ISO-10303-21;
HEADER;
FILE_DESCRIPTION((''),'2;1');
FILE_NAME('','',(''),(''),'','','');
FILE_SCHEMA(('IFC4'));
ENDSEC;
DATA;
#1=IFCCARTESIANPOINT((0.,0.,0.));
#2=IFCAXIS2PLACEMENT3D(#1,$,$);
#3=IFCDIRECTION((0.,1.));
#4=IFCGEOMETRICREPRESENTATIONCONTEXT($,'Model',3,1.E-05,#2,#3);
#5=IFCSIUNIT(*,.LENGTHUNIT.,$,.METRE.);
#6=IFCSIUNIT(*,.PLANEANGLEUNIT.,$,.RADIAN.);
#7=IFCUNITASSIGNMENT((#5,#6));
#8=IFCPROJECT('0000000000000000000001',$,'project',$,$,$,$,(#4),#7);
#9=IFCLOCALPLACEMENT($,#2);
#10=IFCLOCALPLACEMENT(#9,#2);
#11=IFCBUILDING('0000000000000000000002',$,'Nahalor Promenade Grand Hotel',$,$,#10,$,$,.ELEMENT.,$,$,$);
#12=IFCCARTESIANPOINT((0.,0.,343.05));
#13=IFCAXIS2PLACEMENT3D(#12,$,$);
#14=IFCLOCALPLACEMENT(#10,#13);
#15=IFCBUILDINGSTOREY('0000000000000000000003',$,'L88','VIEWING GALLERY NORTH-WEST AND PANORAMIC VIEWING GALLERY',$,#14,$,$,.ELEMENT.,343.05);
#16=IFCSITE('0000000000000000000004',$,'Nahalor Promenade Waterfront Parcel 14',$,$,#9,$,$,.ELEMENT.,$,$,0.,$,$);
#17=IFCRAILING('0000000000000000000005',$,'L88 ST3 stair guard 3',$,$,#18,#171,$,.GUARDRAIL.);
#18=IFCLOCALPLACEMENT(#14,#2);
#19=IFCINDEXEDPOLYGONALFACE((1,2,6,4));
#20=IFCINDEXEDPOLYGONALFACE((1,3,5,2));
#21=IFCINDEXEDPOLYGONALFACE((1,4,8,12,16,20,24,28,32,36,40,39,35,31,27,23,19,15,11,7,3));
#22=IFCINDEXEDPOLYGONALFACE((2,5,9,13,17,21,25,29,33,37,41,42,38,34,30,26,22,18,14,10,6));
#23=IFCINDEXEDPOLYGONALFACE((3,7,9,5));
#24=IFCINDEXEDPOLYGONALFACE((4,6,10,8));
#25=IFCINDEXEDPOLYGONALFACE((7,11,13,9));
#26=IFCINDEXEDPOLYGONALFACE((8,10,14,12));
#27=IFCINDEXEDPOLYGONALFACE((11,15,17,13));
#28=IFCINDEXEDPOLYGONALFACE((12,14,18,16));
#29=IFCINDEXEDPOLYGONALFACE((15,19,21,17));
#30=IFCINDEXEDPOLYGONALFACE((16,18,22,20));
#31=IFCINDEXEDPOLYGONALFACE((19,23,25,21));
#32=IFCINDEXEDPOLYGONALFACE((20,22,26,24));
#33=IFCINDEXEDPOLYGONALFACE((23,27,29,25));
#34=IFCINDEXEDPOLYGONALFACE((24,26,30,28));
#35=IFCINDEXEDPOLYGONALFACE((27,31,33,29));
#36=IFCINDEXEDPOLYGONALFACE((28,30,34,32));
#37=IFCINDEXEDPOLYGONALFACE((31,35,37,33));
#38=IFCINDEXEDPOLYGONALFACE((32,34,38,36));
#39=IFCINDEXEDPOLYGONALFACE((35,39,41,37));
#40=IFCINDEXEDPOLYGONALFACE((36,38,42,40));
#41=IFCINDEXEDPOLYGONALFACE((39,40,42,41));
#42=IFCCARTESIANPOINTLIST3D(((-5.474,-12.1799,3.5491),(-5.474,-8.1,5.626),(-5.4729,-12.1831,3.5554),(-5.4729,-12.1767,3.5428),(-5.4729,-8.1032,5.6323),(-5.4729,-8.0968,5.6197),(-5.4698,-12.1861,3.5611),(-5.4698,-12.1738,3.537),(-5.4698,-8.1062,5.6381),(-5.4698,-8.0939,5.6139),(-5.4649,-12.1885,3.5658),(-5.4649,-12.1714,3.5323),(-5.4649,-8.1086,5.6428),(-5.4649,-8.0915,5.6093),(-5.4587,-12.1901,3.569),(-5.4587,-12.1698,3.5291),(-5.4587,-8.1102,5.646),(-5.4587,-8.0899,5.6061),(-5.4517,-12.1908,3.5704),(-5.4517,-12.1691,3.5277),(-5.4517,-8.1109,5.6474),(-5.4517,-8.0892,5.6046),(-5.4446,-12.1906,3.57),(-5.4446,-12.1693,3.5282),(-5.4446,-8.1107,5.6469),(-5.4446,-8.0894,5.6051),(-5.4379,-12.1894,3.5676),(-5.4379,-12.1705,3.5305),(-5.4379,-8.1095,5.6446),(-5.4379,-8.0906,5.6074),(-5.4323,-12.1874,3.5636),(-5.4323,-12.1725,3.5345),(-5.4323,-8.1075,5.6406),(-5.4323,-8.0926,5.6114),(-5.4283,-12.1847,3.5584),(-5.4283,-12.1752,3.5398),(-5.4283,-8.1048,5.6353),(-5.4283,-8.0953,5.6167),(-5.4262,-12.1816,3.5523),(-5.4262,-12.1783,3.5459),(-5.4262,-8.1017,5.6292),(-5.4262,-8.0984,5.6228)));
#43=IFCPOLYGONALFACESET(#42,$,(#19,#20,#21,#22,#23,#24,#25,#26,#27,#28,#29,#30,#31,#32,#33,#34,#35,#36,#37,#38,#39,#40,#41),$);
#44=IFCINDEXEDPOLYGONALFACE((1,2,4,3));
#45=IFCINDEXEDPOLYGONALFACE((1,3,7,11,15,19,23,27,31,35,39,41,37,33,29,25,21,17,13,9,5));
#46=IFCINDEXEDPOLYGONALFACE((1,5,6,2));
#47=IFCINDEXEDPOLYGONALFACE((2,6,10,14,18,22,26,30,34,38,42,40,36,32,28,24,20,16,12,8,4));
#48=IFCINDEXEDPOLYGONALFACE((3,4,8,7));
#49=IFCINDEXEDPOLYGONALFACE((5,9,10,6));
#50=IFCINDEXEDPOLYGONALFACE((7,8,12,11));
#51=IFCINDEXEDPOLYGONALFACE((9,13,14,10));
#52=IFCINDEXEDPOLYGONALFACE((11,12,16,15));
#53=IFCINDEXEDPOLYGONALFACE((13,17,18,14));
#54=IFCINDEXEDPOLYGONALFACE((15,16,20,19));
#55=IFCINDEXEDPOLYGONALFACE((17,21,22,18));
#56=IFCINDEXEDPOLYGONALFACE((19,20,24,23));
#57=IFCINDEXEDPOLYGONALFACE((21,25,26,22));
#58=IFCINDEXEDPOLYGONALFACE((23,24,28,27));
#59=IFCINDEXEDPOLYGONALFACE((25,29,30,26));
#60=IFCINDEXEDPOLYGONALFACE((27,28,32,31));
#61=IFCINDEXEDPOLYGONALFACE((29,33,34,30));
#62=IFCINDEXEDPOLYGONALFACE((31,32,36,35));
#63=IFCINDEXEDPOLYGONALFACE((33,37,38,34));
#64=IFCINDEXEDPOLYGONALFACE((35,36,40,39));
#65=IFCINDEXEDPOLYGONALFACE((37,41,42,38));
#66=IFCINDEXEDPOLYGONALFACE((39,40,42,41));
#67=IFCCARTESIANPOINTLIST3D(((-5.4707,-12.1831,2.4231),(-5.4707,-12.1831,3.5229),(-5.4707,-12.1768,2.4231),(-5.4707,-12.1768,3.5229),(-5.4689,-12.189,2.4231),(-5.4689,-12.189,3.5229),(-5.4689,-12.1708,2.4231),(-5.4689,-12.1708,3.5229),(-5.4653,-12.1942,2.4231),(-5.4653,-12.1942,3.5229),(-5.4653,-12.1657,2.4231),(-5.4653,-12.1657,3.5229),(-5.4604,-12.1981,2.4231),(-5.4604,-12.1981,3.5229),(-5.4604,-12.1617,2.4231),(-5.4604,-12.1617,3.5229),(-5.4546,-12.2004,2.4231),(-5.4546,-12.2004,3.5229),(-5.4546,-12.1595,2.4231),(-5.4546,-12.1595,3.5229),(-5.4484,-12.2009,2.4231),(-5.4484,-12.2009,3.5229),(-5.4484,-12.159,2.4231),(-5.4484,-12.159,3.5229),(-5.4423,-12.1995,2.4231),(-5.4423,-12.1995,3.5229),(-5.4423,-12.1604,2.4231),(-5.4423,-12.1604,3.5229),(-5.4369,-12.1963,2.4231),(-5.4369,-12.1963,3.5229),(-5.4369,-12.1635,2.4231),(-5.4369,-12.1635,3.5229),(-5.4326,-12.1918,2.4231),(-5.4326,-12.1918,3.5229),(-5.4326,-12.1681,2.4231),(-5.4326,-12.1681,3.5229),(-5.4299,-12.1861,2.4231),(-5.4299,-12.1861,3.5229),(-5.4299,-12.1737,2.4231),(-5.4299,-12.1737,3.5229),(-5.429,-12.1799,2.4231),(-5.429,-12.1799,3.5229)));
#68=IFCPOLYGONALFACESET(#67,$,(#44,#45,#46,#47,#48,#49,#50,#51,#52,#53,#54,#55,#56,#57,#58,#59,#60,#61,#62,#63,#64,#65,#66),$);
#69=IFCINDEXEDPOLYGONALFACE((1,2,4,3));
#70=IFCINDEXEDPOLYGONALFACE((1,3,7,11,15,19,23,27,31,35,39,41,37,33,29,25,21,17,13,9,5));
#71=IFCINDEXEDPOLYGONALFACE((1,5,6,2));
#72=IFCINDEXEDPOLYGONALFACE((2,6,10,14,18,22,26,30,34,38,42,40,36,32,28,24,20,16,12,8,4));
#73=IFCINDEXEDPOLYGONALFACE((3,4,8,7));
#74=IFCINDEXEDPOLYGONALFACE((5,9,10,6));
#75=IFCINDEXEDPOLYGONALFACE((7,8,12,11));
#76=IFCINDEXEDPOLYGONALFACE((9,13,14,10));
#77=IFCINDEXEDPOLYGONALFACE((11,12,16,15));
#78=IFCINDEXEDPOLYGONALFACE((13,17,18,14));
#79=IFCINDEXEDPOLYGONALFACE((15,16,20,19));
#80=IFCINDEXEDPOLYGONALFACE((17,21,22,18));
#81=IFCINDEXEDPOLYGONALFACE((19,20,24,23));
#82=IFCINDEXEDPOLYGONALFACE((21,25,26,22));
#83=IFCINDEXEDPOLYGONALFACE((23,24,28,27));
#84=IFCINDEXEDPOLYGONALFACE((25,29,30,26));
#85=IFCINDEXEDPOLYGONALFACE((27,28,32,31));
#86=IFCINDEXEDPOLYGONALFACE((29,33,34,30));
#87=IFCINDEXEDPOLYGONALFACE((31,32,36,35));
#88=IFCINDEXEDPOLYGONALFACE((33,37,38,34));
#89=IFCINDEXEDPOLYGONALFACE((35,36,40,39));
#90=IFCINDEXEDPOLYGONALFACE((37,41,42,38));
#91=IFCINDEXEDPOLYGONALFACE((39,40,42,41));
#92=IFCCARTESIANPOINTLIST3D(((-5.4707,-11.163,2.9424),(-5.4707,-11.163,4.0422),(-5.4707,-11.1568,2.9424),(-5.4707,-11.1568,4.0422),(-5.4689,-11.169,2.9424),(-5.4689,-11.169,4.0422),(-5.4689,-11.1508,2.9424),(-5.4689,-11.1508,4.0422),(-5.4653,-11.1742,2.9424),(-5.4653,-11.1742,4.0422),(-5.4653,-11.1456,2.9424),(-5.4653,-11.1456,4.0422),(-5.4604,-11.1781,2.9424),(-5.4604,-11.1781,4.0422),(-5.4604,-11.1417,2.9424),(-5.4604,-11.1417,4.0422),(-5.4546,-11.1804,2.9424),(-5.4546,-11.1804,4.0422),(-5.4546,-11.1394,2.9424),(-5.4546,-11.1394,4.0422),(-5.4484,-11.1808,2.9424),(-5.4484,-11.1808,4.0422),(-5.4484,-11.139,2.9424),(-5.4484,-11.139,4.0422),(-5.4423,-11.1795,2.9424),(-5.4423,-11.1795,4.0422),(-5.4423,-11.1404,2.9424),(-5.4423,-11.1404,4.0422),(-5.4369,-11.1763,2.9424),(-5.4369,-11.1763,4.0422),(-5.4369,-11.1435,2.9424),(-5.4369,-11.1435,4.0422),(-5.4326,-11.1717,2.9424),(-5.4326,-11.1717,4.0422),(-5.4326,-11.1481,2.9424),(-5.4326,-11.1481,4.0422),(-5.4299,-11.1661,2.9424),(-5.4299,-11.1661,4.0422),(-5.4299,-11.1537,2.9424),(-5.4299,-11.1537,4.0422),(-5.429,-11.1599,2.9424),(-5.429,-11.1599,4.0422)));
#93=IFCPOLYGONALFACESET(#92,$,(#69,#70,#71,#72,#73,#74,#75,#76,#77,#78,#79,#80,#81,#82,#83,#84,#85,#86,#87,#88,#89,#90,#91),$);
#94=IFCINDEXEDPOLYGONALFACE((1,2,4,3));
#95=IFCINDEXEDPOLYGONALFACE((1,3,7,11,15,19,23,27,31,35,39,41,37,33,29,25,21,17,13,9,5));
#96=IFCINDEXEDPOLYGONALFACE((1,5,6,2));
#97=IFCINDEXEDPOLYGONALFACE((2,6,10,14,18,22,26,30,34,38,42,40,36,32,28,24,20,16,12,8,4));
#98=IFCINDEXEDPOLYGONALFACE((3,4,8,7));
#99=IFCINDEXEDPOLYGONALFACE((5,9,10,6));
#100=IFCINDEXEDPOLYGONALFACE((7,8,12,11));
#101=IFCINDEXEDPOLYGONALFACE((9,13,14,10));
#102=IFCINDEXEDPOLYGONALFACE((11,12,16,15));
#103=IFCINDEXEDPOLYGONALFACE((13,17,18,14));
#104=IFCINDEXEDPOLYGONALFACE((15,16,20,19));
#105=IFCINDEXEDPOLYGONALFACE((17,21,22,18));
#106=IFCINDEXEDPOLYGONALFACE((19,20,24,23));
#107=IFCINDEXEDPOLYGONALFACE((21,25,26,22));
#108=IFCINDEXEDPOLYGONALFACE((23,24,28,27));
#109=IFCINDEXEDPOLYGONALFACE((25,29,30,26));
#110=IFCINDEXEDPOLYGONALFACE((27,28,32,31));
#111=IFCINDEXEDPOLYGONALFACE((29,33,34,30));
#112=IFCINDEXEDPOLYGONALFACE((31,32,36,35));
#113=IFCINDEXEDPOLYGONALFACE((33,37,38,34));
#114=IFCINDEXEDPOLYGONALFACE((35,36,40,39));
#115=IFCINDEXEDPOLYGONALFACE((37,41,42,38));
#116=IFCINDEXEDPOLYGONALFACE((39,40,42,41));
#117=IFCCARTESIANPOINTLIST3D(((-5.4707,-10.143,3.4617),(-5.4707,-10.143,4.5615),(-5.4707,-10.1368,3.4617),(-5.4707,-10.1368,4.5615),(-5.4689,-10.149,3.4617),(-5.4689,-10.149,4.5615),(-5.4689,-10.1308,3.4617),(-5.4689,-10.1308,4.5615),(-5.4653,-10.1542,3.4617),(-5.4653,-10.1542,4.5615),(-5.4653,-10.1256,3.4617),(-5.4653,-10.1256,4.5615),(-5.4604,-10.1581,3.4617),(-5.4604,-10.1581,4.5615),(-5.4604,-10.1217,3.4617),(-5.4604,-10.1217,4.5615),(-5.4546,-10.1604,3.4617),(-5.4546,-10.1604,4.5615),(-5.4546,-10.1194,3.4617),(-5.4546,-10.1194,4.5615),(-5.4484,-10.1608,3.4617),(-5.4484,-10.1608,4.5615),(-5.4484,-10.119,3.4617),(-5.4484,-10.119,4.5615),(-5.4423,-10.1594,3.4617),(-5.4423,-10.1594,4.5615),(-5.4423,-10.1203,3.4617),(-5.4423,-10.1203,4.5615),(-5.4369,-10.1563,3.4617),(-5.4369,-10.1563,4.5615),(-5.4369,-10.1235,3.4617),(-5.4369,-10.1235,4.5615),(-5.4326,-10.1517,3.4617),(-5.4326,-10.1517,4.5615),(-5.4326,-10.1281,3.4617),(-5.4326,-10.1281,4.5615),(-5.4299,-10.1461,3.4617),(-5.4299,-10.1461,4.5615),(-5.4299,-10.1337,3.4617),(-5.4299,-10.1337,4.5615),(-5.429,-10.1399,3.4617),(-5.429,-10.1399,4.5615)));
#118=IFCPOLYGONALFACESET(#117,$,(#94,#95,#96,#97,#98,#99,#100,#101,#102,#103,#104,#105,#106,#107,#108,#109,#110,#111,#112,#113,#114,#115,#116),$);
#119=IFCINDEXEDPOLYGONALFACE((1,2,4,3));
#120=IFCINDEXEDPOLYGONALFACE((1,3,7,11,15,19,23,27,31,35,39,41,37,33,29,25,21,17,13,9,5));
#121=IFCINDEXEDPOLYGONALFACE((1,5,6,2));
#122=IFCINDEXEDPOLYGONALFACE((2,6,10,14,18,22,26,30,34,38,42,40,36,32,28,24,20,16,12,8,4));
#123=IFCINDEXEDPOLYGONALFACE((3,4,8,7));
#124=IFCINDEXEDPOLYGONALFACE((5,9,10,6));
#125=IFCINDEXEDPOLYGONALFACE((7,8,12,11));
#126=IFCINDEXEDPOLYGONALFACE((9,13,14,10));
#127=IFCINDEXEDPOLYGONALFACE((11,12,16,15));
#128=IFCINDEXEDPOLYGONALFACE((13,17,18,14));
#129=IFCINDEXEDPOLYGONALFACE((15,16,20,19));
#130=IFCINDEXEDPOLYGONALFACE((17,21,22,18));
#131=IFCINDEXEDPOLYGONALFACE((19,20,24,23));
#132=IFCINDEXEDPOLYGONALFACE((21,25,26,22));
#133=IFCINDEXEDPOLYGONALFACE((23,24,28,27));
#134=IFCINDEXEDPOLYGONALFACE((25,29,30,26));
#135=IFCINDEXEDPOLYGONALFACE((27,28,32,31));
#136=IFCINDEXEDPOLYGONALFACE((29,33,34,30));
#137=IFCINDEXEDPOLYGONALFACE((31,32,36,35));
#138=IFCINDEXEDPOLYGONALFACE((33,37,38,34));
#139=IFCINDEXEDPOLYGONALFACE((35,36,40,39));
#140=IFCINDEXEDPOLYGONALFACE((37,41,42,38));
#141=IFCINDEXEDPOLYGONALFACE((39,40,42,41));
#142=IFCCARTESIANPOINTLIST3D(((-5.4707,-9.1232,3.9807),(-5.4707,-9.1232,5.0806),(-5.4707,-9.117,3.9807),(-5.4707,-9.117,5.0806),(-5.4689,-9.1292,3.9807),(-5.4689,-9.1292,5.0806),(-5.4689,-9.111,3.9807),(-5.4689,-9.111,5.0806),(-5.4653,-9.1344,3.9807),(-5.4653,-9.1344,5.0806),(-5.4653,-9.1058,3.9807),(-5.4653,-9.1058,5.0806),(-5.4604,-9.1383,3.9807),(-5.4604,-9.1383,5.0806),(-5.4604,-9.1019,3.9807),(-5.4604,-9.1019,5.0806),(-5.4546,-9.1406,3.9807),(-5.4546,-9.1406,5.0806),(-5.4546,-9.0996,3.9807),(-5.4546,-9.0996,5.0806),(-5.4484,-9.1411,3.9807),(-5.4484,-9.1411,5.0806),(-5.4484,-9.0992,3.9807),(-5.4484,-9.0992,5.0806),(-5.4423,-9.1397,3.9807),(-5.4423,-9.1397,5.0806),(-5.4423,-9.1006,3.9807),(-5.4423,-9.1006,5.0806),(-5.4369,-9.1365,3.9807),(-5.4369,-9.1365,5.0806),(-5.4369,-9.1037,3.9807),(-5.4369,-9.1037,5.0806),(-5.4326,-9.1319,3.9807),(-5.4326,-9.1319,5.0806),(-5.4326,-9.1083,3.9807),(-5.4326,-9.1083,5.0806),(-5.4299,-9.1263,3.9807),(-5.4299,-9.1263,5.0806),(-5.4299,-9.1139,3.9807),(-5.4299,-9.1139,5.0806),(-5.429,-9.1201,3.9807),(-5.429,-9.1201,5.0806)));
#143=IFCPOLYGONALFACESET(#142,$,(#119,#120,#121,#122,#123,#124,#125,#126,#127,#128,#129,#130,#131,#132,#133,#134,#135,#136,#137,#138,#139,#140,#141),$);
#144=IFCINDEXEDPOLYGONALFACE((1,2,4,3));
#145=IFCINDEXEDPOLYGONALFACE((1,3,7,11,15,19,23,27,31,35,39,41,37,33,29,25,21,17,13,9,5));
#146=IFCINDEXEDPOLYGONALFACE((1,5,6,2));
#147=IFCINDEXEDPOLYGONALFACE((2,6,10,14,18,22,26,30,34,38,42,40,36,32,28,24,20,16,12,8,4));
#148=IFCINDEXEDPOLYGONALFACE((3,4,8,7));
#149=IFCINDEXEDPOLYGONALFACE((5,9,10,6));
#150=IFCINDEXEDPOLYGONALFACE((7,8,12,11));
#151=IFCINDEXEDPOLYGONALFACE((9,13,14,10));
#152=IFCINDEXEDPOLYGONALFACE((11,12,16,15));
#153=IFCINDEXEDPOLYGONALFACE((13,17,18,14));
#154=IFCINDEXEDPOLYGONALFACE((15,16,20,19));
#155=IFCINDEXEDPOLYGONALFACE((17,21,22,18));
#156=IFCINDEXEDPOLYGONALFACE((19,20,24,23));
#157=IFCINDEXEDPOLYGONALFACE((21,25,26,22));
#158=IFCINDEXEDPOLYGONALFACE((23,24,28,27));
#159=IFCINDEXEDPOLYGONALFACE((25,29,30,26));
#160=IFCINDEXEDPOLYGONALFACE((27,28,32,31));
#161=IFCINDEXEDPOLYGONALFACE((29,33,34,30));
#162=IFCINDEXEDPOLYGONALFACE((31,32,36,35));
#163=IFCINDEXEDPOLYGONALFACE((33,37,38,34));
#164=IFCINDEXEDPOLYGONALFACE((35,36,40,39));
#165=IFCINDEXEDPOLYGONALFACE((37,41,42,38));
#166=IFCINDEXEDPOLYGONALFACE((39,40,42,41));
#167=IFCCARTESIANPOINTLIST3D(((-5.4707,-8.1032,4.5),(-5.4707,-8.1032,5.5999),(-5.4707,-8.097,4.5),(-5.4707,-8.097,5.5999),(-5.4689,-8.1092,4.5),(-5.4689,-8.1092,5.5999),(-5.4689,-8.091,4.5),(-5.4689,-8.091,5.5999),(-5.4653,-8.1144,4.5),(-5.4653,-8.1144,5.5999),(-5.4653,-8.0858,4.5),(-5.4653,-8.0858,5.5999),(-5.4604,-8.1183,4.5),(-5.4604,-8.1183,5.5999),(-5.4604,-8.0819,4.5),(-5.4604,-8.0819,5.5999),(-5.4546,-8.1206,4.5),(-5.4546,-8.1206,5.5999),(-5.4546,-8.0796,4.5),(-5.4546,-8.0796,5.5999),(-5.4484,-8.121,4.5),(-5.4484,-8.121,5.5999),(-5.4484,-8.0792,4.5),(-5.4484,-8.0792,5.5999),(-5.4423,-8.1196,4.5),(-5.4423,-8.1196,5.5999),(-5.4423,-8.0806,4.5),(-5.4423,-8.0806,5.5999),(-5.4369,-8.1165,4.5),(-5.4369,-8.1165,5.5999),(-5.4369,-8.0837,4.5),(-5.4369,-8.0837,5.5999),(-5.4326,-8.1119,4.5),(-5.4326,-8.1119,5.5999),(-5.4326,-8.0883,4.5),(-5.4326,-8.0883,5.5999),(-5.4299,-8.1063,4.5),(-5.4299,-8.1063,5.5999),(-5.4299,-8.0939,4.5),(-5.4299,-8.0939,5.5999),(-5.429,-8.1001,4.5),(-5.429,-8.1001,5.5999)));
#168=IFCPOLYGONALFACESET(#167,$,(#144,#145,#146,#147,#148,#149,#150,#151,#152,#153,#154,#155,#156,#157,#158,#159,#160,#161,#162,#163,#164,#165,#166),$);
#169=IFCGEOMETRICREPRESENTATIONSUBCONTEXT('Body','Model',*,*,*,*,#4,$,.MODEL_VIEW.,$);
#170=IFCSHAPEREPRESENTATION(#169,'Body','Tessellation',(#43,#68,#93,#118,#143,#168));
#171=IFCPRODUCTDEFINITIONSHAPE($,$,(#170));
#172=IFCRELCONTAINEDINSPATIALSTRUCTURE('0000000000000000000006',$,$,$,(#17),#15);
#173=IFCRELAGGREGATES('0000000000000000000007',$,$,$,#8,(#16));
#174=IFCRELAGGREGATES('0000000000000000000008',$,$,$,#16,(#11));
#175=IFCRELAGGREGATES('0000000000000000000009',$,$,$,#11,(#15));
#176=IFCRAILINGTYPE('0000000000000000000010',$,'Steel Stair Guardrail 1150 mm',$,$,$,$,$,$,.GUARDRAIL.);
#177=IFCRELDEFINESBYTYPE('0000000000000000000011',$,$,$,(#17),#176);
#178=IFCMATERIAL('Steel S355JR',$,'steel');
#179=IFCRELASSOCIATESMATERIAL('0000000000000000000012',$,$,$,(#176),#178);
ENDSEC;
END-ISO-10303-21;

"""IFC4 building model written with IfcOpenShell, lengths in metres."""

from ifc_helpers import new_model, si_unit, direction, frame, origin, origin_2d, place, context, subcontext, project, spatial, circle, extrude, material, type_object, element, save


model = new_model("IFC4")

# Units and contexts
model_context = context("Model", 3, precision=1e-05, world=origin(), true_north=direction((0.0, 1.0)))
body_context = subcontext(model_context, "Body", "Model", "MODEL_VIEW")
ifc_project = project(units=[si_unit("LENGTHUNIT", "METRE"), si_unit("PLANEANGLEUNIT", "RADIAN")], contexts=[model_context])

# Site, building, storey
site_placement = place(None, origin())
site = spatial("IfcSite", under=ifc_project, at=site_placement, Name="Nahalor Promenade Waterfront Parcel 14", CompositionType="ELEMENT", RefElevation=0.0)
building_placement = place(site_placement, origin())
building = spatial("IfcBuilding", under=site, at=building_placement, Name="Nahalor Promenade Grand Hotel", CompositionType="ELEMENT")
storey_placement = place(building_placement, frame((0.0, 0.0, 343.05)))
storey = spatial("IfcBuildingStorey", under=building, at=storey_placement, Name="L88", Description="VIEWING GALLERY NORTH-WEST AND PANORAMIC VIEWING GALLERY", CompositionType="ELEMENT", Elevation=343.05)

# Shared definitions
ifc_material_1 = material(Name="Steel S355JR", Category="steel")

# Railing
railing_type_1 = type_object("IfcRailingType", Name="Steel Stair Guardrail 1150 mm", PredefinedType="GUARDRAIL", material=ifc_material_1)
railing_1_placement = place(storey_placement, frame((-5.45, -12.1799, 2.4231)))
element("IfcRailing", 1, at=railing_1_placement, inside=storey, type_object=railing_type_1, Name="L88 ST3 stair guard 3", PredefinedType="GUARDRAIL", context=body_context, shape_type="SweptSolid", body=[
    extrude(circle(Radius=0.024, at=origin_2d()), frame((0.0, 0.0, 1.126), z_axis=(0.0, 0.891172, 0.453665), x_axis=(-1.0, 0.0, 0.0)), (0.0, 0.0, 1.0), 4.5781),
    extrude(circle(Radius=0.021, at=origin_2d()), origin(), (0.0, 0.0, 1.0), 1.0999),
    extrude(circle(Radius=0.021, at=origin_2d()), frame((0.0, 1.02, 0.5193)), (0.0, 0.0, 1.0), 1.0999),
    extrude(circle(Radius=0.021, at=origin_2d()), frame((0.0, 2.04, 1.0386)), (0.0, 0.0, 1.0), 1.0999),
    extrude(circle(Radius=0.021, at=origin_2d()), frame((0.0, 3.0598, 1.5576)), (0.0, 0.0, 1.0), 1.0999),
    extrude(circle(Radius=0.021, at=origin_2d()), frame((0.0, 4.0798, 2.0769)), (0.0, 0.0, 1.0), 1.0999),
])

save(model, "model.ifc")
